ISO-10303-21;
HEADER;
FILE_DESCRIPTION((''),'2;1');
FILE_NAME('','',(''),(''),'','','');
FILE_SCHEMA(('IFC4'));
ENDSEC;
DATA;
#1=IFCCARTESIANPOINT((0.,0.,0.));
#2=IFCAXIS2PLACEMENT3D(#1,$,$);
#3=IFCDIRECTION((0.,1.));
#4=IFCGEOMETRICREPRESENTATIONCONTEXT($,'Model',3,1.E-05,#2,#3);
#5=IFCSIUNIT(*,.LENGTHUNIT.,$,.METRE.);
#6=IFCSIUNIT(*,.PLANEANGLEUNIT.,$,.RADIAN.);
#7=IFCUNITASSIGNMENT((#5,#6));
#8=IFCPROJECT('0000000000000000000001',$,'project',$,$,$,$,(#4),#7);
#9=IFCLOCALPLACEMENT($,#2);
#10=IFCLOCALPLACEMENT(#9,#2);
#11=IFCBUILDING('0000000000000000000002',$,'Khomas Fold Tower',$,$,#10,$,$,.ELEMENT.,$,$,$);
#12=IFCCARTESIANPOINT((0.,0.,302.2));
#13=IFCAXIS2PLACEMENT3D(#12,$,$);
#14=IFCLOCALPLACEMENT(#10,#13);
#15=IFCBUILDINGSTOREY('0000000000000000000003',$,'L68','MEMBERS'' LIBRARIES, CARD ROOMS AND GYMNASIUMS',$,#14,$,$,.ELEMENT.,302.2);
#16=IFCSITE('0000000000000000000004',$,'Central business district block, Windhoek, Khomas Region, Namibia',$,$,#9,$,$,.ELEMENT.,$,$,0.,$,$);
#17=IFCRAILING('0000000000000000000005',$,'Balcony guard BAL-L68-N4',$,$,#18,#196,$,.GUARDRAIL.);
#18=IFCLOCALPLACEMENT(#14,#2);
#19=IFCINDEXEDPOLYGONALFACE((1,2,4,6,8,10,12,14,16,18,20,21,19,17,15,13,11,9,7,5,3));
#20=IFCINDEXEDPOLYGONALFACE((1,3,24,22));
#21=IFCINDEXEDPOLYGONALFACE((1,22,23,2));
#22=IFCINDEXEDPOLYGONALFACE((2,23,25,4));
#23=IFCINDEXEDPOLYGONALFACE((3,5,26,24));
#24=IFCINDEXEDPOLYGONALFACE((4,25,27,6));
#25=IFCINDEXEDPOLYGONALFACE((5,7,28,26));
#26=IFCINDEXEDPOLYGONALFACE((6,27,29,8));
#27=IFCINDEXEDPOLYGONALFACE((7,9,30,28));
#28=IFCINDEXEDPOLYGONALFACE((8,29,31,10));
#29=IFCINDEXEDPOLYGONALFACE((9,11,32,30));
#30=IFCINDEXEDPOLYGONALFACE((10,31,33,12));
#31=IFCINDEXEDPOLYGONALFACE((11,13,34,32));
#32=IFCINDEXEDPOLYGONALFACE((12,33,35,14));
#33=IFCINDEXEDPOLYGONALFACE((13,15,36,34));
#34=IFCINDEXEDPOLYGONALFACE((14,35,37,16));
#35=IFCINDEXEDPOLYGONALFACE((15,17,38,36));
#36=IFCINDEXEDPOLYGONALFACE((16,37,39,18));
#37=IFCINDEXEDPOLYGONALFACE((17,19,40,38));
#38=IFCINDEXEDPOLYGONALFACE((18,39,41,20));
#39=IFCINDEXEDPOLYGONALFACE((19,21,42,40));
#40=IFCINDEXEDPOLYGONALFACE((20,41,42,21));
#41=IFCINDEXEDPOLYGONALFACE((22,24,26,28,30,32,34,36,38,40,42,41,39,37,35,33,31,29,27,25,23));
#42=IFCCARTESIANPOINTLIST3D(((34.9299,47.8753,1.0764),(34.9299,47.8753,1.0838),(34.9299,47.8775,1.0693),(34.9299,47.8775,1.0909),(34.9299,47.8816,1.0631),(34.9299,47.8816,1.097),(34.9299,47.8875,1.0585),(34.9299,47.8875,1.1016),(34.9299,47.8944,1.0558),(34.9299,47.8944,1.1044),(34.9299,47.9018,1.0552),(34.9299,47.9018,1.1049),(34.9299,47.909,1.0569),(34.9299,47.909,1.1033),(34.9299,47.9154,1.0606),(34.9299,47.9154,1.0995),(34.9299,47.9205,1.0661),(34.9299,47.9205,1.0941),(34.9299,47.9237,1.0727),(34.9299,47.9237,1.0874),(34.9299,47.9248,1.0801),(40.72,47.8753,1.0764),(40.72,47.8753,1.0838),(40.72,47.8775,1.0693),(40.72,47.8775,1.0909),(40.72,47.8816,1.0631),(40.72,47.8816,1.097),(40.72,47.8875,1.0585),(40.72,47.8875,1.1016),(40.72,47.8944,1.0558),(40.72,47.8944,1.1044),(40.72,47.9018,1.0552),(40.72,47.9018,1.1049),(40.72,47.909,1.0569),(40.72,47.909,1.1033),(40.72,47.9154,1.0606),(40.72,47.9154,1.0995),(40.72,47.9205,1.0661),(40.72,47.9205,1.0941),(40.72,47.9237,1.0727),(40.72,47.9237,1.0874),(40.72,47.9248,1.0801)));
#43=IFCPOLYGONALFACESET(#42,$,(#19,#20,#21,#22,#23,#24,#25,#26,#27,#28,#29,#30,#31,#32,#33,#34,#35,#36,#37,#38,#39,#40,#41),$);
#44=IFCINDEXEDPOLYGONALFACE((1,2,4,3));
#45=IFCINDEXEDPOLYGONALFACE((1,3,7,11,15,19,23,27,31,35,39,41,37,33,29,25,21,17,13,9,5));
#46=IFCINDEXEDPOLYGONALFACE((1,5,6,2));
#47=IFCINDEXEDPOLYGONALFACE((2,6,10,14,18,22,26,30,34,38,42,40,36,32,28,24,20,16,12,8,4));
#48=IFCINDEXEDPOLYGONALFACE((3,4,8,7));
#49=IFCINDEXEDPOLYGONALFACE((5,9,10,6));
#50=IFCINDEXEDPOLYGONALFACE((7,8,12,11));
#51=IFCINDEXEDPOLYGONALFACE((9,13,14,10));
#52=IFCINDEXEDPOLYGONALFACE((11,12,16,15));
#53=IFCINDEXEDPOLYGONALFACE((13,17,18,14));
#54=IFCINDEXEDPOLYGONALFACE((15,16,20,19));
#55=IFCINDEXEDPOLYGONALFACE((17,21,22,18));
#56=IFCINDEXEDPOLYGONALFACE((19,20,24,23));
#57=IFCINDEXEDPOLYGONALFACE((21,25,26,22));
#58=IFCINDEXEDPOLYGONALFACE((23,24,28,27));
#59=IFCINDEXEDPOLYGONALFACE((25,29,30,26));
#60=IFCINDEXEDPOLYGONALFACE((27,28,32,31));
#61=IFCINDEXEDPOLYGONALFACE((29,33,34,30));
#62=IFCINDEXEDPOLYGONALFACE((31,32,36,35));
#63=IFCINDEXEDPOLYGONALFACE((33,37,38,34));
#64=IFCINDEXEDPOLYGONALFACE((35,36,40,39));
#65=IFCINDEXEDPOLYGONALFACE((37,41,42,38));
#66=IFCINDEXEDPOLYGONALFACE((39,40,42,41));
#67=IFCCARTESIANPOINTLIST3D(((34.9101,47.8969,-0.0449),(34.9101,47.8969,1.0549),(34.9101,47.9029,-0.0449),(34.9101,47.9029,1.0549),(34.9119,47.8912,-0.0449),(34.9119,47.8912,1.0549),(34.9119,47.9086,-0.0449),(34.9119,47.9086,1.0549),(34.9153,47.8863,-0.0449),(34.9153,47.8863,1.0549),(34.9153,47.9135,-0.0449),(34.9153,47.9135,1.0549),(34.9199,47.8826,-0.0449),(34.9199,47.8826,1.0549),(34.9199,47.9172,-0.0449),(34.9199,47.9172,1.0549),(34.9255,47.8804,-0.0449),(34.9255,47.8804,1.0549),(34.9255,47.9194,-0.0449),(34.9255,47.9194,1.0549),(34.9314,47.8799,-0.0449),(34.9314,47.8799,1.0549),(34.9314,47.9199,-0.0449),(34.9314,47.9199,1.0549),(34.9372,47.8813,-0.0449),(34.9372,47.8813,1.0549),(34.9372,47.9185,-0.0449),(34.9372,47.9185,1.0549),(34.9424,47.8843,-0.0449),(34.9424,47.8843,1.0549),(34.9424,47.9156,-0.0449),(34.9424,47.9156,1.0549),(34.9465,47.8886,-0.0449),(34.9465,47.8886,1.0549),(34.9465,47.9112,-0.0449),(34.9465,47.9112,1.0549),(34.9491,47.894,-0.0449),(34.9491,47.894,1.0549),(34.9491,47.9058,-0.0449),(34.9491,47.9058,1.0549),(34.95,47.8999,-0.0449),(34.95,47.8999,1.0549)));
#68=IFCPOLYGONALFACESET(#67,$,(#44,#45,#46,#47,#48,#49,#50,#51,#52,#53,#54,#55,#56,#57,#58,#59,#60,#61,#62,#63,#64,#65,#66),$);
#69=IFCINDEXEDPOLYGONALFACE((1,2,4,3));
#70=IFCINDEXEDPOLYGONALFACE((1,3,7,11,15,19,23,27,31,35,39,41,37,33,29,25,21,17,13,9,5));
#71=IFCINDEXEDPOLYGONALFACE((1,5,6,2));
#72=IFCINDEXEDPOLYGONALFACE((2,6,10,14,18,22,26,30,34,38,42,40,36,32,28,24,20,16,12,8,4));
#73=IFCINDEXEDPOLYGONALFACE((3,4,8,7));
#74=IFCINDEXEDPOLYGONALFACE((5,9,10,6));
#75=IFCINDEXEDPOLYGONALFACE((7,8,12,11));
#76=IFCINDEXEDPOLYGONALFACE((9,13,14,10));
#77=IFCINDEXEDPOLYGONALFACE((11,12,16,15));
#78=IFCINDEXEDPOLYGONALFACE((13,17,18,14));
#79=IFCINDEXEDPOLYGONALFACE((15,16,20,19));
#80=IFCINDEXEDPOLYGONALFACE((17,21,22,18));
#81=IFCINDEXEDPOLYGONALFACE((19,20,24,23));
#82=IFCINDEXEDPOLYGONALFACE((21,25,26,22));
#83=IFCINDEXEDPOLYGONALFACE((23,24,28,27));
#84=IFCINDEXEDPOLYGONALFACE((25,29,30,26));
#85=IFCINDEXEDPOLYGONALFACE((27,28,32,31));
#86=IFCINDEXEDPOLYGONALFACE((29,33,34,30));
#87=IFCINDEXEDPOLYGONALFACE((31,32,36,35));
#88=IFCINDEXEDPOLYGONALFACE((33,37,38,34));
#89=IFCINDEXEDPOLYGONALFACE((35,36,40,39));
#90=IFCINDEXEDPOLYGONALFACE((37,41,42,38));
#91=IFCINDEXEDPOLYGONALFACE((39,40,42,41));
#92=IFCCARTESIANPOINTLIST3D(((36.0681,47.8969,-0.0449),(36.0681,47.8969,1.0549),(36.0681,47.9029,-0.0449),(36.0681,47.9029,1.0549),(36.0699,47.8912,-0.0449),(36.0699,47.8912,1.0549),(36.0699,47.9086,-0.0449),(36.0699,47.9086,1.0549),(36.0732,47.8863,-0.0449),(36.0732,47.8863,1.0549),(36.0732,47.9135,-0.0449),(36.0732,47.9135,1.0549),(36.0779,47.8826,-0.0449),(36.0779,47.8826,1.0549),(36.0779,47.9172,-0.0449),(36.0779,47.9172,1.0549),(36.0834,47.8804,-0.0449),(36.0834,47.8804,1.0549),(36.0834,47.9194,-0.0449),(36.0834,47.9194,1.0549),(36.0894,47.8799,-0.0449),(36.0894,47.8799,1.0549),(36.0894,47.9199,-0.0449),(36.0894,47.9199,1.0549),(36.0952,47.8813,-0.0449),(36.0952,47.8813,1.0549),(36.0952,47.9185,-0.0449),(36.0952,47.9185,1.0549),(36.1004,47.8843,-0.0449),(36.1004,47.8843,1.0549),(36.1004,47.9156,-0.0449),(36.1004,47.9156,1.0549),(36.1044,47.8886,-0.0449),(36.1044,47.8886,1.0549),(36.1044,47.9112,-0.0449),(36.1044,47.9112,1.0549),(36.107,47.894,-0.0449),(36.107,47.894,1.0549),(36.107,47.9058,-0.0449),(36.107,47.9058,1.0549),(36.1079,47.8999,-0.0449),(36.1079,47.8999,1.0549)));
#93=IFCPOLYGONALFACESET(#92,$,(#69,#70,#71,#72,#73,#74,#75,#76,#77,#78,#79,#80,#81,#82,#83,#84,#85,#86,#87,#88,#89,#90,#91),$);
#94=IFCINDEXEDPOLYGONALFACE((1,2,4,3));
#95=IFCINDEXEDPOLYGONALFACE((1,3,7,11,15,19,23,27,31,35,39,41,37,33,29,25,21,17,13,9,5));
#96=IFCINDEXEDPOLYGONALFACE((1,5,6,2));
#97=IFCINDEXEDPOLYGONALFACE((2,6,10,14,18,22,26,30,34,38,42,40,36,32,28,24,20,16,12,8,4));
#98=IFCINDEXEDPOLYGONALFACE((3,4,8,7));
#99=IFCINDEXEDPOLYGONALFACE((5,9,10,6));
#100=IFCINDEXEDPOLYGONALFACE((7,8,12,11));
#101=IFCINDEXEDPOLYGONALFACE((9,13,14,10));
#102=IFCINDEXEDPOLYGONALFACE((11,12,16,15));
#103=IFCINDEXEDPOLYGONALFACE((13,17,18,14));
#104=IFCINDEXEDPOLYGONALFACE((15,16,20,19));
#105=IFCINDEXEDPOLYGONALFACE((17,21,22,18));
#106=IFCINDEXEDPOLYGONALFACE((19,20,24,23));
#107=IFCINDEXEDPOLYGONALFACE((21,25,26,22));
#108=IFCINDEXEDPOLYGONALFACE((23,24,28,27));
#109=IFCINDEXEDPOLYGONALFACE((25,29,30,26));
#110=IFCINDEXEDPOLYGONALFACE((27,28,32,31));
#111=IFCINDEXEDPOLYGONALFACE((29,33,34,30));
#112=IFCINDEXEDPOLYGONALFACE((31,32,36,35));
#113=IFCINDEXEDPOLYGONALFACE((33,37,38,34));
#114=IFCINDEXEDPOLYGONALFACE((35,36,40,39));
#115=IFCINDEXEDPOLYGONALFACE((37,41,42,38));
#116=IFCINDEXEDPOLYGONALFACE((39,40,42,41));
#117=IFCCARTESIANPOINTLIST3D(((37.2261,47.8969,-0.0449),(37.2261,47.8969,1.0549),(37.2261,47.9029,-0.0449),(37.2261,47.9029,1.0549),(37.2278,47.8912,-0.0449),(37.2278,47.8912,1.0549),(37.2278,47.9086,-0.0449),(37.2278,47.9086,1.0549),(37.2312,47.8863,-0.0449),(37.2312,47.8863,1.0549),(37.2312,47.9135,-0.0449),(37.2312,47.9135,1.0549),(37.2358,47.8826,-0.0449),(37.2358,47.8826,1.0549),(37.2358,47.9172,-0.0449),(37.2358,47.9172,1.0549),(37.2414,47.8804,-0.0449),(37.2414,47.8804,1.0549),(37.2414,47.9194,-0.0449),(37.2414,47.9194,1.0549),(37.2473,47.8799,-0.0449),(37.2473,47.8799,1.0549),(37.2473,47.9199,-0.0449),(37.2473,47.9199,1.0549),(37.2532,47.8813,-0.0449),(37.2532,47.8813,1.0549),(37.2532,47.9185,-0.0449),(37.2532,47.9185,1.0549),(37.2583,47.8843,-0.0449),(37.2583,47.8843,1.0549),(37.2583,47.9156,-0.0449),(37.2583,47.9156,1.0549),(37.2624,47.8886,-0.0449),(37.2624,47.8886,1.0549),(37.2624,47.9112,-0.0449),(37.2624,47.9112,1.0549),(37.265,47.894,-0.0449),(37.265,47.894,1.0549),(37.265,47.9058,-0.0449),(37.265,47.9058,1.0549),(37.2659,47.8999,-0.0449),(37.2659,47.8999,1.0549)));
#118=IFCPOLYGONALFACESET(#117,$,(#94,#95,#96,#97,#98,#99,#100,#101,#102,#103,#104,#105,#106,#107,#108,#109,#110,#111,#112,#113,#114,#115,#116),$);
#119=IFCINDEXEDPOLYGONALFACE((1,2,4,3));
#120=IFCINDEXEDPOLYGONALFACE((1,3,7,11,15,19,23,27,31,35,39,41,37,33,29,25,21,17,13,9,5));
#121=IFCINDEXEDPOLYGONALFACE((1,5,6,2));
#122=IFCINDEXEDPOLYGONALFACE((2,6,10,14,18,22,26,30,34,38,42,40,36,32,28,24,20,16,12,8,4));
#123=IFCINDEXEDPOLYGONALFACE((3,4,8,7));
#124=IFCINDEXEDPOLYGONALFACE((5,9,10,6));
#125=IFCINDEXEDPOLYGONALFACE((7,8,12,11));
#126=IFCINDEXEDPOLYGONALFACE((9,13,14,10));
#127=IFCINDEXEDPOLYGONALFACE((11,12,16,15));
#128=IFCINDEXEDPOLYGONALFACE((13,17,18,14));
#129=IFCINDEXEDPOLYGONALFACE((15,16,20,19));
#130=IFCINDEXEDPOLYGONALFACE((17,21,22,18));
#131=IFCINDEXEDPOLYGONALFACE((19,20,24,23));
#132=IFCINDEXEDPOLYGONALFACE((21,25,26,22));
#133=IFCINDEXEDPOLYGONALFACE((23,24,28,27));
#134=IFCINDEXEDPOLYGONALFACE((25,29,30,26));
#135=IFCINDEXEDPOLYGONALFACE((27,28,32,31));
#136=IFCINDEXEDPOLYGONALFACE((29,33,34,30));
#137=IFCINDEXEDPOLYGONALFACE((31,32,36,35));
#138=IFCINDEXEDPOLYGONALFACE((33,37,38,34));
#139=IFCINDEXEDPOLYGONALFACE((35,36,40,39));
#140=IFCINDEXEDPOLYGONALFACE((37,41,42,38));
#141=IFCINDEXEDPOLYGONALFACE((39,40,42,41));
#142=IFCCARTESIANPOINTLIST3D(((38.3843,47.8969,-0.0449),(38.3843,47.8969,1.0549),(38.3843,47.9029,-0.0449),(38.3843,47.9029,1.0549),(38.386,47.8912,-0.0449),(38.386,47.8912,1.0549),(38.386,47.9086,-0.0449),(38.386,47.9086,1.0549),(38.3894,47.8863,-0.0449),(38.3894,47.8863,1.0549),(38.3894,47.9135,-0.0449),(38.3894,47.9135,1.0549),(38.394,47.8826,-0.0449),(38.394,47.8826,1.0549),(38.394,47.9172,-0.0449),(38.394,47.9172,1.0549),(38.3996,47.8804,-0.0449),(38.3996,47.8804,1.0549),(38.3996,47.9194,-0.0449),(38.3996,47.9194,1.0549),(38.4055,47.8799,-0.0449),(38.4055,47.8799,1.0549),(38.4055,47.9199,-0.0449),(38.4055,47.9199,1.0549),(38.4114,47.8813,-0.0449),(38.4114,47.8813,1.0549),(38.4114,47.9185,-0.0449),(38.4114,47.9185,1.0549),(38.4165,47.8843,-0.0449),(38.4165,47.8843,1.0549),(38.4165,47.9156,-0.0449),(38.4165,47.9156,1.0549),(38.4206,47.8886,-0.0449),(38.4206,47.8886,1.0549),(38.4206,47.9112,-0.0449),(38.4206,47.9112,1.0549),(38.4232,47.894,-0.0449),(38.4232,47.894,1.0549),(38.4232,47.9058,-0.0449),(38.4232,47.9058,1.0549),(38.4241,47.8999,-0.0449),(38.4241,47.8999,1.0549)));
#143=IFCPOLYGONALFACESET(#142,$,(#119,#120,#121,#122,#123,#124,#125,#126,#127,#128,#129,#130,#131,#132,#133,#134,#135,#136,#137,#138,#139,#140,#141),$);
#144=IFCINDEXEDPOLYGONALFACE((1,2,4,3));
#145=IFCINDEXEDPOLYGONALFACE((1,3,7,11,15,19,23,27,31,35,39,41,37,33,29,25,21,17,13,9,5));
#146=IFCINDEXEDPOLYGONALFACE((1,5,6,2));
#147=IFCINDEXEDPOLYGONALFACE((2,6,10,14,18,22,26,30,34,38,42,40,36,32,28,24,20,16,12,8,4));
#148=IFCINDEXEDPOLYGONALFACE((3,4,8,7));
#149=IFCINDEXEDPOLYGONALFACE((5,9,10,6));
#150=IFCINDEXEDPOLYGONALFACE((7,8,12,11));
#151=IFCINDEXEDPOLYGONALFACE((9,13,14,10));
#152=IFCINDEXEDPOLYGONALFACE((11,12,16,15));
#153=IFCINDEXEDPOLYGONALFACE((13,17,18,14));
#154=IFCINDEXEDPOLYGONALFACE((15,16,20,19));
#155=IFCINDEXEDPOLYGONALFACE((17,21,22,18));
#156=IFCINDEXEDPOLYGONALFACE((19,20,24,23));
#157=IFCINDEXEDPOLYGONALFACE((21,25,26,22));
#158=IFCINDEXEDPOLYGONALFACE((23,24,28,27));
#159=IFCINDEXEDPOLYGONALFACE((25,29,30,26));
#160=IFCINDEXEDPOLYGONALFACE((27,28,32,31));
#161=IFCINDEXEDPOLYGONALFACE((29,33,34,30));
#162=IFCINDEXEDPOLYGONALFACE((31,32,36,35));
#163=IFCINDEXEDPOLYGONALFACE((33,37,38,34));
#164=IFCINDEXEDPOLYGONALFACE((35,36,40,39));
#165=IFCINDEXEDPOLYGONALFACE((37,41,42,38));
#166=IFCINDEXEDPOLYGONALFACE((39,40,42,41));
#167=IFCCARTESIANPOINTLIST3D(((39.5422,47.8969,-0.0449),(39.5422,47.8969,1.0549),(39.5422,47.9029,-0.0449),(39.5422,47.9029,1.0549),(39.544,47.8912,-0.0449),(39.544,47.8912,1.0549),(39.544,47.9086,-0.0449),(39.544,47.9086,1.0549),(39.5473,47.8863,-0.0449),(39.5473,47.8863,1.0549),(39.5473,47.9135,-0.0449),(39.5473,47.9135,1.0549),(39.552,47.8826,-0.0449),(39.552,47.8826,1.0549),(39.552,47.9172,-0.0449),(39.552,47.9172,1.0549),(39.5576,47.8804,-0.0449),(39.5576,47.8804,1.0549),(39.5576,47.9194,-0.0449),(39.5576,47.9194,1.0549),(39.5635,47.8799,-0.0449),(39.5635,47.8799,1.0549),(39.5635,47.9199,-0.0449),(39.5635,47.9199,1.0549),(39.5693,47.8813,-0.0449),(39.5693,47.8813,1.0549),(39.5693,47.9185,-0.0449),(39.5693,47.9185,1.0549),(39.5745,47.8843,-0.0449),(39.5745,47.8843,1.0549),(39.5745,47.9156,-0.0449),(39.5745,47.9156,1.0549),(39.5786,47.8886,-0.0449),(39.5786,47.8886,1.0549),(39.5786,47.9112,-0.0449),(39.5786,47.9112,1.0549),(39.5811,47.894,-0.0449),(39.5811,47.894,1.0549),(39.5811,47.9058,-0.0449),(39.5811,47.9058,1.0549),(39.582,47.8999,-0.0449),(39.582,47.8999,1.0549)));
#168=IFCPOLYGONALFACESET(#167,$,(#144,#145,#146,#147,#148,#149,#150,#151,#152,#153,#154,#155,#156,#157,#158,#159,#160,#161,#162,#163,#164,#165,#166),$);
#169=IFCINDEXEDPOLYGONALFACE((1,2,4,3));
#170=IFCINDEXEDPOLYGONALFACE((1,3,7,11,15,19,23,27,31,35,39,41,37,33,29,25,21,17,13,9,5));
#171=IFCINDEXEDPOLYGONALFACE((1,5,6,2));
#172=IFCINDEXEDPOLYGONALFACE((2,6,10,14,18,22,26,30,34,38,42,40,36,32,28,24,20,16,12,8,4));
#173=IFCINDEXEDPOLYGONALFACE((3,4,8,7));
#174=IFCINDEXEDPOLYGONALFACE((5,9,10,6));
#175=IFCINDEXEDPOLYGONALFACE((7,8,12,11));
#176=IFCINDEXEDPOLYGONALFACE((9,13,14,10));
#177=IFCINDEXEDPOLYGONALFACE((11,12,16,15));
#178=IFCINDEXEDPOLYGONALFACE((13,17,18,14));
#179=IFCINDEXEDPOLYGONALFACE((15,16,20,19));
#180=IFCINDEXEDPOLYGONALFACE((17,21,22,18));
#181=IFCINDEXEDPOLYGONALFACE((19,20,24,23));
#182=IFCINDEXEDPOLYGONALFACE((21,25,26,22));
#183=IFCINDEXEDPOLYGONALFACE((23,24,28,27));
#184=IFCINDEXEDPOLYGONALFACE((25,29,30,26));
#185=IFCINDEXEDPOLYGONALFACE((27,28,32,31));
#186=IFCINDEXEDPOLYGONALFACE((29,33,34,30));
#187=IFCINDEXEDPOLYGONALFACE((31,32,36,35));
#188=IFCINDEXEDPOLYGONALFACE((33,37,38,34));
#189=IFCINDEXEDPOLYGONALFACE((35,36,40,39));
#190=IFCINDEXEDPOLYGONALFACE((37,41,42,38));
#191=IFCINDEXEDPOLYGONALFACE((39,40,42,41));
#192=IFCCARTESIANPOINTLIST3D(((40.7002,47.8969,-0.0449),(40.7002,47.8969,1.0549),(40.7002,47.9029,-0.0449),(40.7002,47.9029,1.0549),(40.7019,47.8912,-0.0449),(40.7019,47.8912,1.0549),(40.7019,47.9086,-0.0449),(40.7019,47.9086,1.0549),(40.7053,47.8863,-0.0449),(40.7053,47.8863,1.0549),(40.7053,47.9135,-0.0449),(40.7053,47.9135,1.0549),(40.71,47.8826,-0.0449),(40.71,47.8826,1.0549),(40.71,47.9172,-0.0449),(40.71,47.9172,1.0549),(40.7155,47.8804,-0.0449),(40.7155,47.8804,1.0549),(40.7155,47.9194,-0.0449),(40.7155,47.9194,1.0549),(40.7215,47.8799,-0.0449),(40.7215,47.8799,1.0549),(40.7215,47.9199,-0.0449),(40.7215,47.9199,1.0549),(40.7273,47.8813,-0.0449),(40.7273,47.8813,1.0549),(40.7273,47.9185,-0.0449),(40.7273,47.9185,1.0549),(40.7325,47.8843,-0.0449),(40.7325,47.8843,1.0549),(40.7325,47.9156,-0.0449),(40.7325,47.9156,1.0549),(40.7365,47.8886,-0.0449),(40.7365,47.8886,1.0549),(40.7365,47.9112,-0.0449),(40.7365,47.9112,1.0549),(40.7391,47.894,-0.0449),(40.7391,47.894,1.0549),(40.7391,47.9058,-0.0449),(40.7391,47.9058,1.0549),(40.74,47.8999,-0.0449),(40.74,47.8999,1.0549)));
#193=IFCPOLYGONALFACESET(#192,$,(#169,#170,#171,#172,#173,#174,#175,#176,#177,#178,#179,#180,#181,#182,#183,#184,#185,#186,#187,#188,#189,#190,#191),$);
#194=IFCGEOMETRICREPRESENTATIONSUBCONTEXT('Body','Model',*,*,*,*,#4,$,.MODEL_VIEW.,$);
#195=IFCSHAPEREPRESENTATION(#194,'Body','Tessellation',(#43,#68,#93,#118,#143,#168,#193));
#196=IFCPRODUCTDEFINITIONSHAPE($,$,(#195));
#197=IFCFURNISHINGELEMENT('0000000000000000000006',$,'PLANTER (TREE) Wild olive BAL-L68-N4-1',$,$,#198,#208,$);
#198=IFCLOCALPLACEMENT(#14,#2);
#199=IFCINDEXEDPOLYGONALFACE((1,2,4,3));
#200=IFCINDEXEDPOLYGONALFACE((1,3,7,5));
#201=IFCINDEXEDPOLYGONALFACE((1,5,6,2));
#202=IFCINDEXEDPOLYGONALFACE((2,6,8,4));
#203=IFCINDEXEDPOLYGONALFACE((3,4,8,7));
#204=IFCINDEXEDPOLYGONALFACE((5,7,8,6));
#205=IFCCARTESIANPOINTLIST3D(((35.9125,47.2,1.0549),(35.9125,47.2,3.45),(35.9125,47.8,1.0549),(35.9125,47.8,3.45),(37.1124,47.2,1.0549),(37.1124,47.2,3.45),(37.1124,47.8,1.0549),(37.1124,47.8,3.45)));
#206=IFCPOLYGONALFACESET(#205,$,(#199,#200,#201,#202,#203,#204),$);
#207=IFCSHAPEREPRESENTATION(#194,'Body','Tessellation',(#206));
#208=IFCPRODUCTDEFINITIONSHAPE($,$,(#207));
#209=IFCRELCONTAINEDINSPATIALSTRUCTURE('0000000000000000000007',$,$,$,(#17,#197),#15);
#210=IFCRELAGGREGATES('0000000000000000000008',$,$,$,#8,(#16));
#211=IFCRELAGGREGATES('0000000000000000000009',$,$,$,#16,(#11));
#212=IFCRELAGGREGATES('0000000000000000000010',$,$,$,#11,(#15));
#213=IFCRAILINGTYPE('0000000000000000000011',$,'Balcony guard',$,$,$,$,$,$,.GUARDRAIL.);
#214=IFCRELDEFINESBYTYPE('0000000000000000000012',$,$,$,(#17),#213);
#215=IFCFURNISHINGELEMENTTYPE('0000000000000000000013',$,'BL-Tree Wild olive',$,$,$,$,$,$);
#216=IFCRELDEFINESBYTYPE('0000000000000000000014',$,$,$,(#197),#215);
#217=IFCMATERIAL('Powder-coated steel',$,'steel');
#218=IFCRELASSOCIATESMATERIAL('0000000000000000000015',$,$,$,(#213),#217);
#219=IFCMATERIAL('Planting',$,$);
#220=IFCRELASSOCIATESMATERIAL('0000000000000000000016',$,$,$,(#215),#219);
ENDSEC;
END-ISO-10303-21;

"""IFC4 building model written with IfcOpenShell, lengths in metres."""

from ifc_helpers import new_model, si_unit, direction, frame, origin, origin_2d, place, context, subcontext, project, spatial, rectangle, circle, extrude, source, transform, mapped, material, type_object, element, save


model = new_model("IFC4")

# Units and contexts
model_context = context("Model", 3, precision=1e-05, world=origin(), true_north=direction((0.0, 1.0)))
body_context = subcontext(model_context, "Body", "Model", "MODEL_VIEW")
ifc_project = project(units=[si_unit("LENGTHUNIT", "METRE"), si_unit("PLANEANGLEUNIT", "RADIAN")], contexts=[model_context])

# Site, building, storey
site_placement = place(None, origin())
site = spatial("IfcSite", under=ifc_project, at=site_placement, Name="Central business district block, Windhoek, Khomas Region, Namibia", CompositionType="ELEMENT", RefElevation=0.0)
building_placement = place(site_placement, origin())
building = spatial("IfcBuilding", under=site, at=building_placement, Name="Khomas Fold Tower", CompositionType="ELEMENT")
storey_placement = place(building_placement, frame((0.0, 0.0, 302.2)))
storey = spatial("IfcBuildingStorey", under=building, at=storey_placement, Name="L68", Description="MEMBERS' LIBRARIES, CARD ROOMS AND GYMNASIUMS", CompositionType="ELEMENT", Elevation=302.2)

# Railing
ifc_material_1 = material(Name="Powder-coated steel", Category="steel")
railing_type = type_object("IfcRailingType", Name="Balcony guard", PredefinedType="GUARDRAIL", material=ifc_material_1)
shared_shape_1 = source(origin(), body_context, "Body", "SweptSolid", [
    extrude(circle(Radius=0.0249, at=origin_2d()), frame((0.0, 0.0, 1.125), z_axis=(1.0, 0.0, 0.0), x_axis=(0.0, 1.0, 0.0)), (0.0, 0.0, 1.0), 5.79),
    extrude(circle(Radius=0.02, at=origin_2d()), origin(), (0.0, 0.0, 1.0), 1.0999),
    extrude(circle(Radius=0.02, at=origin_2d()), frame((1.158, 0.0, 0.0)), (0.0, 0.0, 1.0), 1.0999),
    extrude(circle(Radius=0.02, at=origin_2d()), frame((2.3159, 0.0, 0.0)), (0.0, 0.0, 1.0), 1.0999),
    extrude(circle(Radius=0.02, at=origin_2d()), frame((3.4741, 0.0, 0.0)), (0.0, 0.0, 1.0), 1.0999),
    extrude(circle(Radius=0.02, at=origin_2d()), frame((4.6321, 0.0, 0.0)), (0.0, 0.0, 1.0), 1.0999),
    extrude(circle(Radius=0.02, at=origin_2d()), frame((5.79, 0.0, 0.0)), (0.0, 0.0, 1.0), 1.0999),
])
railing_placement = place(storey_placement, frame((34.9299, 47.8999, -0.0449)))
element("IfcRailing", 1, at=railing_placement, inside=storey, type_object=railing_type, Name="Balcony guard BAL-L68-N4", PredefinedType="GUARDRAIL", context=body_context, shape_type="MappedRepresentation", body=[
    mapped(shared_shape_1, transform((0.0, 0.0, 0.0))),
])

# Furnishing element
ifc_material_2 = material(Name="Planting")
furnishing_element_type_1 = type_object("IfcFurnishingElementType", Name="BL-Tree Wild olive", material=ifc_material_2)
shared_shape_2 = source(origin(), body_context, "Body", "SweptSolid", [
    extrude(rectangle(XDim=1.2, YDim=0.6001, at=origin_2d()), origin(), (0.0, 0.0, 1.0), 2.395),
])
furnishing_1_placement = place(storey_placement, frame((36.5125, 47.5, 1.0549), z_axis=(0.0, 0.0, 1.0), x_axis=(1.0, 0.0, 0.0)))
element("IfcFurnishingElement", 2, at=furnishing_1_placement, inside=storey, type_object=furnishing_element_type_1, Name="PLANTER (TREE) Wild olive BAL-L68-N4-1", context=body_context, shape_type="MappedRepresentation", body=[
    mapped(shared_shape_2, transform((0.0, 0.0, 0.0))),
])

save(model, "model.ifc")
